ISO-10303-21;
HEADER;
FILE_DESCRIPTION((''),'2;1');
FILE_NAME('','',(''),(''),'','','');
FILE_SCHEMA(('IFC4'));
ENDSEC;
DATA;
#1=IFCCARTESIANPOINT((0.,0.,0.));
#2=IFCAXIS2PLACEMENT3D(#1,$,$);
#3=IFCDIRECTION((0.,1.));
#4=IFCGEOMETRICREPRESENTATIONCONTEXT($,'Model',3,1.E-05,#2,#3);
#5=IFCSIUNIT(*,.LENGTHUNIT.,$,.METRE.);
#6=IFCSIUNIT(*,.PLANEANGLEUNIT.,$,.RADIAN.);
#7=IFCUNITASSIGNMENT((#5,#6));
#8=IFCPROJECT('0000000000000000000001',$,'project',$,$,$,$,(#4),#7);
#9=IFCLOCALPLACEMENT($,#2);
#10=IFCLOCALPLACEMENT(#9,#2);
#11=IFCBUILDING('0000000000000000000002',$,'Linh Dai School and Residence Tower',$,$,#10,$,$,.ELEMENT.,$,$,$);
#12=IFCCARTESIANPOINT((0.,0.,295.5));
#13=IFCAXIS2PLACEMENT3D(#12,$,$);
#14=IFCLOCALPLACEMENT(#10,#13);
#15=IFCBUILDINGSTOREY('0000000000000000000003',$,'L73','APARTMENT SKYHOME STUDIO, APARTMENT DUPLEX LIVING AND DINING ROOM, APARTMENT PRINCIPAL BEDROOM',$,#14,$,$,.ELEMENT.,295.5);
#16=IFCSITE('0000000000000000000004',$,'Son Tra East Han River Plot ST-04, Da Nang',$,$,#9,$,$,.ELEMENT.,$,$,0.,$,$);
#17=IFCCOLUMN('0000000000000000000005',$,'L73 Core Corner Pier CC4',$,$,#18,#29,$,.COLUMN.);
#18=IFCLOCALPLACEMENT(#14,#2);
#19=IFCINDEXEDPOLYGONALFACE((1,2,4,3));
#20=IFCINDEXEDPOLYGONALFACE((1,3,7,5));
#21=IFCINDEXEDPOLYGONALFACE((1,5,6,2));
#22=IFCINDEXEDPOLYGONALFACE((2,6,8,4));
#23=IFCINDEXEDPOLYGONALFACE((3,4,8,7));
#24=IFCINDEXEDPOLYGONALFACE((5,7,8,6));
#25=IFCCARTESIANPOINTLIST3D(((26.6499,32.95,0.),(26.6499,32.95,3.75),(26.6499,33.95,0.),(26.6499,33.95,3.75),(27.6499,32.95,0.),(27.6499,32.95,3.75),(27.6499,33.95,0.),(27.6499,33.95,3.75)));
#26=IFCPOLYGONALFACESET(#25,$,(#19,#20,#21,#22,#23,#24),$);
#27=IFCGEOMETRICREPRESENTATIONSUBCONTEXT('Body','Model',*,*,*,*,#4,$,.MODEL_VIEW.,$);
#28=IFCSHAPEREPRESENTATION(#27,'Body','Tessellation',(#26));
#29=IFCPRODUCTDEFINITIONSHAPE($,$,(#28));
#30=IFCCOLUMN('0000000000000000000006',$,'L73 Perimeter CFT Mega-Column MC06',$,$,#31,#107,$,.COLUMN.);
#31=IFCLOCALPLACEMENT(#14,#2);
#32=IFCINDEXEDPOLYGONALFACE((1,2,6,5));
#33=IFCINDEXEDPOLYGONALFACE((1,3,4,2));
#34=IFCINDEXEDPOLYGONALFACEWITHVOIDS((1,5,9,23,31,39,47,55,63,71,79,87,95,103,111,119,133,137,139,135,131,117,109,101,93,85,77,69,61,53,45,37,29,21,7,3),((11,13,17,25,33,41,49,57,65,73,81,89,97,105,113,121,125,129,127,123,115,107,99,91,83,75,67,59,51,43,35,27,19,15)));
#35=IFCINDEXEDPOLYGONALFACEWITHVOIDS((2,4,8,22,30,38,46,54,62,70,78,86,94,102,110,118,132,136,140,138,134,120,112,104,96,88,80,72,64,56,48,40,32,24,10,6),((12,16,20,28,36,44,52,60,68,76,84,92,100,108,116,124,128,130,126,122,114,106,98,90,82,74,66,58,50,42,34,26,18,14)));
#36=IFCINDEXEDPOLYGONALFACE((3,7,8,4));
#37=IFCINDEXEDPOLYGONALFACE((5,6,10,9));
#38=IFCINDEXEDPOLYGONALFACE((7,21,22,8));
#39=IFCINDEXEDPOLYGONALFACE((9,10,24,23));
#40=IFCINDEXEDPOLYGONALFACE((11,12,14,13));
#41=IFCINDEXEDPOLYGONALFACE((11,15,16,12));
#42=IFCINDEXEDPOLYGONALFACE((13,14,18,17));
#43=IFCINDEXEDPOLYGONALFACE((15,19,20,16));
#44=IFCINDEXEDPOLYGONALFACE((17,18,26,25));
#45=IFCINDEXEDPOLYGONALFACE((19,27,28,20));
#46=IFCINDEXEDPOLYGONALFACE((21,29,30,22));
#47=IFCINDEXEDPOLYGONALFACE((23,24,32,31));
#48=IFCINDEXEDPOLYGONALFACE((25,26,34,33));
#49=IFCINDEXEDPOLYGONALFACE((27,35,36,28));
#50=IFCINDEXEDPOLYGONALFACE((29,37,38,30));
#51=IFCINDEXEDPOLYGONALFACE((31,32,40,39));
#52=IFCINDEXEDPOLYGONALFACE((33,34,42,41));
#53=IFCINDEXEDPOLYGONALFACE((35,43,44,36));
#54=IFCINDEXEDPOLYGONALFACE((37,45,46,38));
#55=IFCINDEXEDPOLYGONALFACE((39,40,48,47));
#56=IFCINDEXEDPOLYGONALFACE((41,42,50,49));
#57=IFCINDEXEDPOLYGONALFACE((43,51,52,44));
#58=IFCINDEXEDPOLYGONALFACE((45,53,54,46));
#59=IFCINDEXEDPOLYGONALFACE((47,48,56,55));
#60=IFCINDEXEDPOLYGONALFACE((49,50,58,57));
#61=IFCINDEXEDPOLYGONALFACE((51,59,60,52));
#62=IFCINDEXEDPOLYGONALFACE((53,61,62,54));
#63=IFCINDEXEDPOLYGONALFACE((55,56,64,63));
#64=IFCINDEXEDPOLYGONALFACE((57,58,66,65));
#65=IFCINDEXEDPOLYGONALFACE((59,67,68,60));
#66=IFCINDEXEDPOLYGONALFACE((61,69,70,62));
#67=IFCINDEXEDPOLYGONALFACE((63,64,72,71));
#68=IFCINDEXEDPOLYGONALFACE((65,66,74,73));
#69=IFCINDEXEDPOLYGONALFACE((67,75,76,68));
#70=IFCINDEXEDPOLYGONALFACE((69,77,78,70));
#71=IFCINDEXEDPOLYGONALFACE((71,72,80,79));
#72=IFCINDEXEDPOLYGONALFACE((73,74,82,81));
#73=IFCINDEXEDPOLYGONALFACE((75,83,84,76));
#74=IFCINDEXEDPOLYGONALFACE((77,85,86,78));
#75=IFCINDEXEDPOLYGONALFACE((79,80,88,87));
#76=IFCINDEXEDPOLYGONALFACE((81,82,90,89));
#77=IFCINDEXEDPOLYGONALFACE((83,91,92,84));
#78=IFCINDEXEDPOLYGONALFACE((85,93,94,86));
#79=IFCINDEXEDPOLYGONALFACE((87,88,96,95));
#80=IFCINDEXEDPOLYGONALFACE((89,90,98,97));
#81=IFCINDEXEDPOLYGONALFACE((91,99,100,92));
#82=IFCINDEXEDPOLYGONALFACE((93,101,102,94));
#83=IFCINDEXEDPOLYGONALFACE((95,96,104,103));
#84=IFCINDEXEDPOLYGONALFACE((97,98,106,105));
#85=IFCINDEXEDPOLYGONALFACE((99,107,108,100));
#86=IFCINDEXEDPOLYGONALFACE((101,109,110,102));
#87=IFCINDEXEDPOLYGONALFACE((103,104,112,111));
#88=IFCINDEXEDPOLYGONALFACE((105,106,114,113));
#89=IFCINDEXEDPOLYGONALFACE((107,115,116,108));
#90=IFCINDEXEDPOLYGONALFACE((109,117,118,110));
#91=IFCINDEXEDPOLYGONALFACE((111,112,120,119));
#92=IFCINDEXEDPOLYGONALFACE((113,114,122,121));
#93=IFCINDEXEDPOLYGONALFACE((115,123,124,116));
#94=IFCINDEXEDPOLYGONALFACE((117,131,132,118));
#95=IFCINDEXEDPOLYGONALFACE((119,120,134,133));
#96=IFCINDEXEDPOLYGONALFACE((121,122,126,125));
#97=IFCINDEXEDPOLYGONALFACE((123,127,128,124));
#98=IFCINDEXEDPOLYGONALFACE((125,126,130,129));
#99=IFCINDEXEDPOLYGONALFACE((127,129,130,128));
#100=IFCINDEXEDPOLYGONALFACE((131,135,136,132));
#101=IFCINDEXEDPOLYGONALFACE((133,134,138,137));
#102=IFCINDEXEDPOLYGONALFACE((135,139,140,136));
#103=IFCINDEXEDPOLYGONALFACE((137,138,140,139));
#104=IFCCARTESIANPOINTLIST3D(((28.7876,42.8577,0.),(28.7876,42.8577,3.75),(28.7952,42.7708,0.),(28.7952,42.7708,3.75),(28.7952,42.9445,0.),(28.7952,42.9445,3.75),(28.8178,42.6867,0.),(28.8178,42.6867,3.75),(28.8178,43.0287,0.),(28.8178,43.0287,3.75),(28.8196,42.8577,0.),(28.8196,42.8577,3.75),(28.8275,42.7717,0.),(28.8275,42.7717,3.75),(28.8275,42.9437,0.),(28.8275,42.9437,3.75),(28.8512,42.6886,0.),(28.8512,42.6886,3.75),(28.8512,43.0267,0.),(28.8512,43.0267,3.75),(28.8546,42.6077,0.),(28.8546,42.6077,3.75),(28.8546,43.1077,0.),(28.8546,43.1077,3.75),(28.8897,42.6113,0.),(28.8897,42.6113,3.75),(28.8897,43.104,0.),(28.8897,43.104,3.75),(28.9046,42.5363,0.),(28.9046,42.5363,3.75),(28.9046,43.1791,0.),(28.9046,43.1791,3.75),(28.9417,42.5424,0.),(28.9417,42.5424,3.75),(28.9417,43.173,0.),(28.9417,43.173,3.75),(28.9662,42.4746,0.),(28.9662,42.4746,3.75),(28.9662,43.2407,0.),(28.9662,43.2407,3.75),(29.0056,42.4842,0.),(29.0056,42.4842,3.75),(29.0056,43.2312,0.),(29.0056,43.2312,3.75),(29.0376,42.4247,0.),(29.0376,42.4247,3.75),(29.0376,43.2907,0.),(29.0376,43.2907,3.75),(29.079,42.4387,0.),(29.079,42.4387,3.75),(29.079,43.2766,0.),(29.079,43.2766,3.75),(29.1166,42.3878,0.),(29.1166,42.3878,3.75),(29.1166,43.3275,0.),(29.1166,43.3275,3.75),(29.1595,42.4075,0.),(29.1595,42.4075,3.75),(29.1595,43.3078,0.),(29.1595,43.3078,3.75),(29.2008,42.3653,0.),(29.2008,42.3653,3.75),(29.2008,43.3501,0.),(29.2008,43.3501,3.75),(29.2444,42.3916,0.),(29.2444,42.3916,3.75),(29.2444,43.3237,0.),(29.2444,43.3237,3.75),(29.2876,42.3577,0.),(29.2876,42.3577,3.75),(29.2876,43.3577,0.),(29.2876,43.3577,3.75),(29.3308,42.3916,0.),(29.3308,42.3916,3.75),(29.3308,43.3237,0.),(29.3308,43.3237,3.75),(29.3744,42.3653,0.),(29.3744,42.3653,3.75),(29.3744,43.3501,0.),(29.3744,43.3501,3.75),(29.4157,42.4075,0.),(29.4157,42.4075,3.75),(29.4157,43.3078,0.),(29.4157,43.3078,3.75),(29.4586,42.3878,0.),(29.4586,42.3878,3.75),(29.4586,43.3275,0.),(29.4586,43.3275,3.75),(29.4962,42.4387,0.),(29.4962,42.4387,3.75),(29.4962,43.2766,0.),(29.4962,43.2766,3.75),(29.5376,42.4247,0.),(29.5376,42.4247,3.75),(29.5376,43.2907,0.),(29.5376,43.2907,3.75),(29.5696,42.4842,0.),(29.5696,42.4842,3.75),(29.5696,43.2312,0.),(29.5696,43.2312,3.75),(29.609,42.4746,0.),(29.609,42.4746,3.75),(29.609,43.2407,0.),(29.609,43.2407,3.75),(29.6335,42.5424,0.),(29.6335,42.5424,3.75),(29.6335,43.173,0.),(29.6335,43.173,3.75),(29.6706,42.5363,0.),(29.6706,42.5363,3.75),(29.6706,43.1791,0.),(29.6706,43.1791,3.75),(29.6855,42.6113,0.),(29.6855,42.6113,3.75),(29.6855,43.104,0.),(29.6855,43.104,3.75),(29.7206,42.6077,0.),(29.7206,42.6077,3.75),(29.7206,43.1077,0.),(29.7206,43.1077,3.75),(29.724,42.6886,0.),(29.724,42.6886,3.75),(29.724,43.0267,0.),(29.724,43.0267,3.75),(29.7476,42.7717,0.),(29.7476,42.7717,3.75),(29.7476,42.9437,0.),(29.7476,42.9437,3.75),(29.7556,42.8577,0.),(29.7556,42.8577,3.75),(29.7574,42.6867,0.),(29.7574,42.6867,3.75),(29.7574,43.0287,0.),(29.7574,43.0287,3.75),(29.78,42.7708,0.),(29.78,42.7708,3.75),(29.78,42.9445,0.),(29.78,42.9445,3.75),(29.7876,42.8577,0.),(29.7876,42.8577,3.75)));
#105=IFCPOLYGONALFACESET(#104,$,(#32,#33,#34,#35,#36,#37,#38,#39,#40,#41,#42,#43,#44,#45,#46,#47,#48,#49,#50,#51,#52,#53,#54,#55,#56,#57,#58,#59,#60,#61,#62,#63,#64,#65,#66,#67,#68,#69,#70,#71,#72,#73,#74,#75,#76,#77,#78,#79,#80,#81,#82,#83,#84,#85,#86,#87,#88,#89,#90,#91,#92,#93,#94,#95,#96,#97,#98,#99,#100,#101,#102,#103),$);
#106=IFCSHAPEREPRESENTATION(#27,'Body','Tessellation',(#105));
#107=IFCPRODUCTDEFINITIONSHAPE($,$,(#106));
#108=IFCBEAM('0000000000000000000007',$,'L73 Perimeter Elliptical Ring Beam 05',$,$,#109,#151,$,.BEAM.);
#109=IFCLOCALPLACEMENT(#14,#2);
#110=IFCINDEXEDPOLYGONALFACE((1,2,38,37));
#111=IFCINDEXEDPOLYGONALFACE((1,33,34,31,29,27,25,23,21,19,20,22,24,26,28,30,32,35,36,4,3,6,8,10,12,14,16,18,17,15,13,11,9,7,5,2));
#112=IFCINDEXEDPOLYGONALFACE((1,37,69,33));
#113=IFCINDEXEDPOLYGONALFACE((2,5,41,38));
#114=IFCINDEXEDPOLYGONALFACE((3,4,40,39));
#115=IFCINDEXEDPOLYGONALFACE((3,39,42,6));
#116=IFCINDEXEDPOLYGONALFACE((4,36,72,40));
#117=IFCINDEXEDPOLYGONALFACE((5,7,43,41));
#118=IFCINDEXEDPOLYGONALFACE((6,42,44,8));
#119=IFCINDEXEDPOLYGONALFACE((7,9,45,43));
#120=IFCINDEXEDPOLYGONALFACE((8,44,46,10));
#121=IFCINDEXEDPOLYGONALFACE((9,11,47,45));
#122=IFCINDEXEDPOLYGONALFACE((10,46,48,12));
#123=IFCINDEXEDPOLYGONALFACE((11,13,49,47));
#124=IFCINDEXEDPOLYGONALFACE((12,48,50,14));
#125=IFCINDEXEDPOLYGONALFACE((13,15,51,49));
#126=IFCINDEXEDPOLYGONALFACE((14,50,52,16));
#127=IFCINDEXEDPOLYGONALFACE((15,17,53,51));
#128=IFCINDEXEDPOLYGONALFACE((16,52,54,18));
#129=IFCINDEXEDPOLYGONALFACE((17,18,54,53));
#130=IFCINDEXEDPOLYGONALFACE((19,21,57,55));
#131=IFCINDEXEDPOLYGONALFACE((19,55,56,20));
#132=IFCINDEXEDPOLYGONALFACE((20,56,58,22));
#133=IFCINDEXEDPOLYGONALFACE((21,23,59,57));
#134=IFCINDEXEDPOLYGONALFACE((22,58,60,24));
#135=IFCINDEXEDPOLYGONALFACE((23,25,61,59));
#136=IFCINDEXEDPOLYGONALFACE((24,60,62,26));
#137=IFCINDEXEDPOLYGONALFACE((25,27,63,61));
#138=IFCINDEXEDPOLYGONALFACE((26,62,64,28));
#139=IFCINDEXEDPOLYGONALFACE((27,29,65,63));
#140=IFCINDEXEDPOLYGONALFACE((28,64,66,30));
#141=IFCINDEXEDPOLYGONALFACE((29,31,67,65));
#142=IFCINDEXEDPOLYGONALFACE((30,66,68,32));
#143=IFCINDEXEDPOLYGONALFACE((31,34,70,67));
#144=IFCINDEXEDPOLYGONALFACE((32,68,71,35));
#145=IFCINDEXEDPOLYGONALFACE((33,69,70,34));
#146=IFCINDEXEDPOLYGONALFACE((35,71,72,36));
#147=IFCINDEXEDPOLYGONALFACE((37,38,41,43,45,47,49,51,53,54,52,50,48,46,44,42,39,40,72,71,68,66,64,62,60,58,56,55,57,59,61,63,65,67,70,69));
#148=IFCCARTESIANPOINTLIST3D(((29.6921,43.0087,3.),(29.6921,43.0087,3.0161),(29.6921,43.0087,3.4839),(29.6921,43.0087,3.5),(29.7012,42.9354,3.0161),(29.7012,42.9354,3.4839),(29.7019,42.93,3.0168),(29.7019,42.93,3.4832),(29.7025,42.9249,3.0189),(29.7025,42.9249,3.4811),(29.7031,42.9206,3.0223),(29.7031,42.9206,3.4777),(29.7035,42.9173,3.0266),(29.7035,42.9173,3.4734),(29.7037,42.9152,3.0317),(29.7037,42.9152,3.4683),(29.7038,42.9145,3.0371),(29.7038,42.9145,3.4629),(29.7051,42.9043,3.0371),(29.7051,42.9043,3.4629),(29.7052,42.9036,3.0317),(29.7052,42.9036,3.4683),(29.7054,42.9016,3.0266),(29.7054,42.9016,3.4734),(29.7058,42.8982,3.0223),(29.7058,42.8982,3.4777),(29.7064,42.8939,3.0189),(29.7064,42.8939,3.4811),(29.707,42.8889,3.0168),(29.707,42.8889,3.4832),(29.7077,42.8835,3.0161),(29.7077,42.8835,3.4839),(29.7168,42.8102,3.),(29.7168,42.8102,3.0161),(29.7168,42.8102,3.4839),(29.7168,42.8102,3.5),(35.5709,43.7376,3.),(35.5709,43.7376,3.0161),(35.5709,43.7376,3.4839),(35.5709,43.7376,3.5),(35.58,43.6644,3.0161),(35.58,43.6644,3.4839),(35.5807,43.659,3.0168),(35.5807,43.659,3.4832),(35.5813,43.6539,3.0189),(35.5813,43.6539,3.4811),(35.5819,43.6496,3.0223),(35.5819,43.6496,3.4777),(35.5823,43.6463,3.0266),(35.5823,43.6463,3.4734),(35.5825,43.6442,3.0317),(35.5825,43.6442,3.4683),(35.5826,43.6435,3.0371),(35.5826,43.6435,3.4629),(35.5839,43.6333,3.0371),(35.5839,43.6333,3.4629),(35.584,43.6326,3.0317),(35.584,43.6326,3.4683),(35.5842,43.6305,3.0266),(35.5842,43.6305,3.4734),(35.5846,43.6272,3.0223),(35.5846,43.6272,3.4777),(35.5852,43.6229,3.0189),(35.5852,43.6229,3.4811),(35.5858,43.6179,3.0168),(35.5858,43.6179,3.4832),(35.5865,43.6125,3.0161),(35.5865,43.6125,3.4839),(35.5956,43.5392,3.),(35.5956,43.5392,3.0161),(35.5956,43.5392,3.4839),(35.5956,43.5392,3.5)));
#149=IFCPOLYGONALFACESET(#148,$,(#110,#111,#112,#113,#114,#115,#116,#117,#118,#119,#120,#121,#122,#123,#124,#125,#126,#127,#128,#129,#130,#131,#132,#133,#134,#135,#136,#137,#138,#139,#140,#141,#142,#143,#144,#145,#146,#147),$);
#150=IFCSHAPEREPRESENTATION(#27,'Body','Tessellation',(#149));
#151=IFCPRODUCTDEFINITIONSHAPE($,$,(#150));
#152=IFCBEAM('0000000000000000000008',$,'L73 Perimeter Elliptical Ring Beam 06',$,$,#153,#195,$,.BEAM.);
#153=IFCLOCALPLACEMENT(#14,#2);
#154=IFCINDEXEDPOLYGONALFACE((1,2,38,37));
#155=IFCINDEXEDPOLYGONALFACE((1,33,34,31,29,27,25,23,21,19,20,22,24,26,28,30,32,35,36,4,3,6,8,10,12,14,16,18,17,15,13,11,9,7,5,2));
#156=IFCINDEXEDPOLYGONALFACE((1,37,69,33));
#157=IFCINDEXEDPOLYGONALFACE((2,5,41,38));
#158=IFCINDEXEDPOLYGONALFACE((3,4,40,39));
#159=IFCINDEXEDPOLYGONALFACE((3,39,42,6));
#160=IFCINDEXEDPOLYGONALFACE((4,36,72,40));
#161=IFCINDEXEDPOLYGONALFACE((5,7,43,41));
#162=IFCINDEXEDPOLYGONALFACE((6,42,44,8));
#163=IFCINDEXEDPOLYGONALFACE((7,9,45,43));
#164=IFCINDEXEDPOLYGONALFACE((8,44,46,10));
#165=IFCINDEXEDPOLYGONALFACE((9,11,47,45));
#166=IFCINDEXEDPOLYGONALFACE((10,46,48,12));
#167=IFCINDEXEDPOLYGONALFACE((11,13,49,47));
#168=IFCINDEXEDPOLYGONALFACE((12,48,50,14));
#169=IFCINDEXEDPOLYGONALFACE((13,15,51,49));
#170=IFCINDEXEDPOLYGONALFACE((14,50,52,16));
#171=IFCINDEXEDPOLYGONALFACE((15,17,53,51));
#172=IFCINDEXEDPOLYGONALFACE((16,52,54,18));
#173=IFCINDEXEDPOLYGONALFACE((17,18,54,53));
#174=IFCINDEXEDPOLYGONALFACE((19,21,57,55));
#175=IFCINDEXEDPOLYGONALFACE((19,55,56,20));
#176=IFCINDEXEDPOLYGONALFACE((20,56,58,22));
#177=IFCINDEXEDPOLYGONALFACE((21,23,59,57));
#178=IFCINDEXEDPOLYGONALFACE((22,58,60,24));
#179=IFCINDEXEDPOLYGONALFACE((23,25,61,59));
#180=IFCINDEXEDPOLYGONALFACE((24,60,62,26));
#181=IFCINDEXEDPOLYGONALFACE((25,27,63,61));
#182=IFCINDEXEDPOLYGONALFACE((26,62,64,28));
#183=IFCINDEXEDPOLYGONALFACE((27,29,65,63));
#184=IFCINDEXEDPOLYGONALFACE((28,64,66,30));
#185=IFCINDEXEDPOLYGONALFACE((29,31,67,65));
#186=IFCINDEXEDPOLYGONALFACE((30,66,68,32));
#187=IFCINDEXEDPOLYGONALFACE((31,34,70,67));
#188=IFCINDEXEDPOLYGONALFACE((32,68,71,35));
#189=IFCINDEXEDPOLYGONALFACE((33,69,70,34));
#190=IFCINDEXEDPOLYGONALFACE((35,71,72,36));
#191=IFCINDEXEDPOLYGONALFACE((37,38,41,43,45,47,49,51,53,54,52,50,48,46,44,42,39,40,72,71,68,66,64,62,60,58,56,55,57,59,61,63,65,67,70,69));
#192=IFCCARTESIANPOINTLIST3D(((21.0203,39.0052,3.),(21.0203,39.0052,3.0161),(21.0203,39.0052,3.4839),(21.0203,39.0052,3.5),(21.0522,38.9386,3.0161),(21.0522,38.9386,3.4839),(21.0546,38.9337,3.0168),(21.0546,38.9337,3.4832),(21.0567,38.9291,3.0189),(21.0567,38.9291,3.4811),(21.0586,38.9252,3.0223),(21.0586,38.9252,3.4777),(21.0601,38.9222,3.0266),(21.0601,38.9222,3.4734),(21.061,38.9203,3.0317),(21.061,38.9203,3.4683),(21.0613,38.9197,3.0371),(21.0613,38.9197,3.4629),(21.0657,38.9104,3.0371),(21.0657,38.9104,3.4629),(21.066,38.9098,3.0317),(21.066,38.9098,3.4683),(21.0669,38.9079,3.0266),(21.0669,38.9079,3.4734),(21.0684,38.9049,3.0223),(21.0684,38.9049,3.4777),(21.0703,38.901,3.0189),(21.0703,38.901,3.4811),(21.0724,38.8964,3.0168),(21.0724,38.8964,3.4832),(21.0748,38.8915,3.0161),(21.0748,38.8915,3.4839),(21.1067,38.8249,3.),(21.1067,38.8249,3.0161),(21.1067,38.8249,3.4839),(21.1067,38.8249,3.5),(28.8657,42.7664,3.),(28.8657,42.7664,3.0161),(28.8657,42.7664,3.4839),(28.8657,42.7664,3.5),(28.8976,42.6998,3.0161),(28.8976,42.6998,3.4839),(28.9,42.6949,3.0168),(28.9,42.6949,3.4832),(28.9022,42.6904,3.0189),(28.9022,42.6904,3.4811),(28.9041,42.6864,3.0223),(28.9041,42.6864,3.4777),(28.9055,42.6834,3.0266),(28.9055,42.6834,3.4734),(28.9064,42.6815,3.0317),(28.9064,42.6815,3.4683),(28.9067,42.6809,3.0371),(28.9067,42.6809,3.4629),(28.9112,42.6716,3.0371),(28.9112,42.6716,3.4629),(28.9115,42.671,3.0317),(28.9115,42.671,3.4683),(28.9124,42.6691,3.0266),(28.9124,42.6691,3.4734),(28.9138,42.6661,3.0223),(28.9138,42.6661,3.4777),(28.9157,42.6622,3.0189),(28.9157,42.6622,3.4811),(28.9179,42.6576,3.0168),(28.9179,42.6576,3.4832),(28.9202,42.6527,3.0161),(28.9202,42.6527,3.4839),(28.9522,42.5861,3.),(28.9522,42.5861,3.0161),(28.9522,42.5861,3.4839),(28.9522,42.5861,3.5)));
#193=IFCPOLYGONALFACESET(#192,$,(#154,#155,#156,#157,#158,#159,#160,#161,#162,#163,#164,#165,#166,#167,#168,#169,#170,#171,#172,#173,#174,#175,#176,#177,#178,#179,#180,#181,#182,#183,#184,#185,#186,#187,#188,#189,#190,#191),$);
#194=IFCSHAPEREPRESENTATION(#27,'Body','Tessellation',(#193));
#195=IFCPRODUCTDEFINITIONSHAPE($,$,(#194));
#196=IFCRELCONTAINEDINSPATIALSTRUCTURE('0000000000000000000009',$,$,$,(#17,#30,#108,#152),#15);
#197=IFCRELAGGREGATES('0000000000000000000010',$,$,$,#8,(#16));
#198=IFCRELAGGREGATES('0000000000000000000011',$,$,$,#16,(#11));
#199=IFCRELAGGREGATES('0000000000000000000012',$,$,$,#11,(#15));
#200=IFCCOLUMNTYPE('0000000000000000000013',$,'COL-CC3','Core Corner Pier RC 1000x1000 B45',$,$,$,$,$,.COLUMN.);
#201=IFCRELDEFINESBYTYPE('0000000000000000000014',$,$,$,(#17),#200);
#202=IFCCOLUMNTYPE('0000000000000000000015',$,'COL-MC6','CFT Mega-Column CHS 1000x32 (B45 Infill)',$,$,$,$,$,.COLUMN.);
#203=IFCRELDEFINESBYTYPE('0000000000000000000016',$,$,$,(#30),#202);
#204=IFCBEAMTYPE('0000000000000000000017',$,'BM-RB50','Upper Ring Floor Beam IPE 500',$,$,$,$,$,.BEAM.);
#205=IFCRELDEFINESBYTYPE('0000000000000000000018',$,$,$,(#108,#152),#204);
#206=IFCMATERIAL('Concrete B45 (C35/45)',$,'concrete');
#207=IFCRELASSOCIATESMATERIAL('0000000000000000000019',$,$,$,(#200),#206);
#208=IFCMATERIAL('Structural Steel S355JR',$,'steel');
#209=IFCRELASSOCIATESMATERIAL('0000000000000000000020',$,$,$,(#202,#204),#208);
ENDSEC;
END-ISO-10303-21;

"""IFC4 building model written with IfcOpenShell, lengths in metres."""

from ifc_helpers import new_model, si_unit, direction, frame, origin, origin_2d, place, context, subcontext, project, spatial, rectangle, hollow_circle, i_section, extrude, material, material_profile, profile_set, type_object, element, save


model = new_model("IFC4")

# Units and contexts
model_context = context("Model", 3, precision=1e-05, world=origin(), true_north=direction((0.0, 1.0)))
body_context = subcontext(model_context, "Body", "Model", "MODEL_VIEW")
ifc_project = project(units=[si_unit("LENGTHUNIT", "METRE"), si_unit("PLANEANGLEUNIT", "RADIAN")], contexts=[model_context])

# Site, building, storey
site_placement = place(None, origin())
site = spatial("IfcSite", under=ifc_project, at=site_placement, Name="Son Tra East Han River Plot ST-04, Da Nang", CompositionType="ELEMENT", RefElevation=0.0)
building_placement = place(site_placement, origin())
building = spatial("IfcBuilding", under=site, at=building_placement, Name="Linh Dai School and Residence Tower", CompositionType="ELEMENT")
storey_placement = place(building_placement, frame((0.0, 0.0, 295.5)))
storey = spatial("IfcBuildingStorey", under=building, at=storey_placement, Name="L73", Description="APARTMENT SKYHOME STUDIO, APARTMENT DUPLEX LIVING AND DINING ROOM, APARTMENT PRINCIPAL BEDROOM", CompositionType="ELEMENT", Elevation=295.5)

# Columns
ifc_material_1 = material(Name="Concrete B45 (C35/45)", Category="concrete")
ifc_material_profile_1 = material_profile(ifc_material_1, rectangle(XDim=1.0, YDim=1.0, at=origin_2d()), Name="RC 1000x1000")
ifc_profile_set_1 = profile_set([ifc_material_profile_1], Name="Concrete B45 (C35/45)")
column_type_1 = type_object("IfcColumnType", Name="COL-CC3", Description="Core Corner Pier RC 1000x1000 B45", PredefinedType="COLUMN", material=ifc_profile_set_1)
column_1_placement = place(storey_placement, frame((27.1499, 33.45, 0.0), z_axis=(0.0, 0.0, 1.0), x_axis=(1.0, 0.0, 0.0)))
element("IfcColumn", 1, at=column_1_placement, inside=storey, type_object=column_type_1, Name="L73 Core Corner Pier CC4", PredefinedType="COLUMN", context=body_context, shape_type="SweptSolid", body=[
    extrude(rectangle(XDim=1.0, YDim=1.0, at=origin_2d()), origin(), (0.0, 0.0, 1.0), 3.75),
])
ifc_material_2 = material(Name="Structural Steel S355JR", Category="steel")
ifc_material_profile_2 = material_profile(ifc_material_2, hollow_circle(Radius=0.5, WallThickness=0.032, at=origin_2d()), Name="CHS 1000x32")
ifc_profile_set_2 = profile_set([ifc_material_profile_2], Name="Structural Steel S355JR")
column_type_2 = type_object("IfcColumnType", Name="COL-MC6", Description="CFT Mega-Column CHS 1000x32 (B45 Infill)", PredefinedType="COLUMN", material=ifc_profile_set_2)
column_2_placement = place(storey_placement, frame((29.2876, 42.8577, 0.0), z_axis=(0.0, 0.0, 1.0), x_axis=(1.0, 0.0, 0.0)))
element("IfcColumn", 2, at=column_2_placement, inside=storey, type_object=column_type_2, Name="L73 Perimeter CFT Mega-Column MC06", PredefinedType="COLUMN", context=body_context, shape_type="SweptSolid", body=[
    extrude(hollow_circle(Radius=0.5, WallThickness=0.032, at=origin_2d()), origin(), (0.0, 0.0, 1.0), 3.75),
])

# Beams
ifc_material_profile_3 = material_profile(ifc_material_2, i_section(OverallWidth=0.2, OverallDepth=0.5, WebThickness=0.0103, FlangeThickness=0.0161, FilletRadius=0.021, at=origin_2d()), Name="IPE 500")
ifc_profile_set_3 = profile_set([ifc_material_profile_3], Name="Structural Steel S355JR")
beam_type_1 = type_object("IfcBeamType", Name="BM-RB50", Description="Upper Ring Floor Beam IPE 500", PredefinedType="BEAM", material=ifc_profile_set_3)
beam_1_placement = place(storey_placement, frame((35.5833, 43.6384, 3.25), z_axis=(-0.992399, -0.123061, 0.0), x_axis=(0.123061, -0.992399, 0.0)))
element("IfcBeam", 3, at=beam_1_placement, inside=storey, type_object=beam_type_1, Name="L73 Perimeter Elliptical Ring Beam 05", PredefinedType="BEAM", context=body_context, shape_type="SweptSolid", body=[
    extrude(i_section(OverallWidth=0.2, OverallDepth=0.5, WebThickness=0.0103, FlangeThickness=0.0161, FilletRadius=0.021, at=origin_2d()), origin(), (0.0, 0.0, 1.0), 5.9238),
])
beam_2_placement = place(storey_placement, frame((28.9089, 42.6763, 3.25), z_axis=(-0.901729, -0.432302, 0.0), x_axis=(0.432302, -0.901729, 0.0)))
element("IfcBeam", 4, at=beam_2_placement, inside=storey, type_object=beam_type_1, Name="L73 Perimeter Elliptical Ring Beam 06", PredefinedType="BEAM", context=body_context, shape_type="SweptSolid", body=[
    extrude(i_section(OverallWidth=0.2, OverallDepth=0.5, WebThickness=0.0103, FlangeThickness=0.0161, FilletRadius=0.021, at=origin_2d()), origin(), (0.0, 0.0, 1.0), 8.7004),
])

save(model, "model.ifc")
